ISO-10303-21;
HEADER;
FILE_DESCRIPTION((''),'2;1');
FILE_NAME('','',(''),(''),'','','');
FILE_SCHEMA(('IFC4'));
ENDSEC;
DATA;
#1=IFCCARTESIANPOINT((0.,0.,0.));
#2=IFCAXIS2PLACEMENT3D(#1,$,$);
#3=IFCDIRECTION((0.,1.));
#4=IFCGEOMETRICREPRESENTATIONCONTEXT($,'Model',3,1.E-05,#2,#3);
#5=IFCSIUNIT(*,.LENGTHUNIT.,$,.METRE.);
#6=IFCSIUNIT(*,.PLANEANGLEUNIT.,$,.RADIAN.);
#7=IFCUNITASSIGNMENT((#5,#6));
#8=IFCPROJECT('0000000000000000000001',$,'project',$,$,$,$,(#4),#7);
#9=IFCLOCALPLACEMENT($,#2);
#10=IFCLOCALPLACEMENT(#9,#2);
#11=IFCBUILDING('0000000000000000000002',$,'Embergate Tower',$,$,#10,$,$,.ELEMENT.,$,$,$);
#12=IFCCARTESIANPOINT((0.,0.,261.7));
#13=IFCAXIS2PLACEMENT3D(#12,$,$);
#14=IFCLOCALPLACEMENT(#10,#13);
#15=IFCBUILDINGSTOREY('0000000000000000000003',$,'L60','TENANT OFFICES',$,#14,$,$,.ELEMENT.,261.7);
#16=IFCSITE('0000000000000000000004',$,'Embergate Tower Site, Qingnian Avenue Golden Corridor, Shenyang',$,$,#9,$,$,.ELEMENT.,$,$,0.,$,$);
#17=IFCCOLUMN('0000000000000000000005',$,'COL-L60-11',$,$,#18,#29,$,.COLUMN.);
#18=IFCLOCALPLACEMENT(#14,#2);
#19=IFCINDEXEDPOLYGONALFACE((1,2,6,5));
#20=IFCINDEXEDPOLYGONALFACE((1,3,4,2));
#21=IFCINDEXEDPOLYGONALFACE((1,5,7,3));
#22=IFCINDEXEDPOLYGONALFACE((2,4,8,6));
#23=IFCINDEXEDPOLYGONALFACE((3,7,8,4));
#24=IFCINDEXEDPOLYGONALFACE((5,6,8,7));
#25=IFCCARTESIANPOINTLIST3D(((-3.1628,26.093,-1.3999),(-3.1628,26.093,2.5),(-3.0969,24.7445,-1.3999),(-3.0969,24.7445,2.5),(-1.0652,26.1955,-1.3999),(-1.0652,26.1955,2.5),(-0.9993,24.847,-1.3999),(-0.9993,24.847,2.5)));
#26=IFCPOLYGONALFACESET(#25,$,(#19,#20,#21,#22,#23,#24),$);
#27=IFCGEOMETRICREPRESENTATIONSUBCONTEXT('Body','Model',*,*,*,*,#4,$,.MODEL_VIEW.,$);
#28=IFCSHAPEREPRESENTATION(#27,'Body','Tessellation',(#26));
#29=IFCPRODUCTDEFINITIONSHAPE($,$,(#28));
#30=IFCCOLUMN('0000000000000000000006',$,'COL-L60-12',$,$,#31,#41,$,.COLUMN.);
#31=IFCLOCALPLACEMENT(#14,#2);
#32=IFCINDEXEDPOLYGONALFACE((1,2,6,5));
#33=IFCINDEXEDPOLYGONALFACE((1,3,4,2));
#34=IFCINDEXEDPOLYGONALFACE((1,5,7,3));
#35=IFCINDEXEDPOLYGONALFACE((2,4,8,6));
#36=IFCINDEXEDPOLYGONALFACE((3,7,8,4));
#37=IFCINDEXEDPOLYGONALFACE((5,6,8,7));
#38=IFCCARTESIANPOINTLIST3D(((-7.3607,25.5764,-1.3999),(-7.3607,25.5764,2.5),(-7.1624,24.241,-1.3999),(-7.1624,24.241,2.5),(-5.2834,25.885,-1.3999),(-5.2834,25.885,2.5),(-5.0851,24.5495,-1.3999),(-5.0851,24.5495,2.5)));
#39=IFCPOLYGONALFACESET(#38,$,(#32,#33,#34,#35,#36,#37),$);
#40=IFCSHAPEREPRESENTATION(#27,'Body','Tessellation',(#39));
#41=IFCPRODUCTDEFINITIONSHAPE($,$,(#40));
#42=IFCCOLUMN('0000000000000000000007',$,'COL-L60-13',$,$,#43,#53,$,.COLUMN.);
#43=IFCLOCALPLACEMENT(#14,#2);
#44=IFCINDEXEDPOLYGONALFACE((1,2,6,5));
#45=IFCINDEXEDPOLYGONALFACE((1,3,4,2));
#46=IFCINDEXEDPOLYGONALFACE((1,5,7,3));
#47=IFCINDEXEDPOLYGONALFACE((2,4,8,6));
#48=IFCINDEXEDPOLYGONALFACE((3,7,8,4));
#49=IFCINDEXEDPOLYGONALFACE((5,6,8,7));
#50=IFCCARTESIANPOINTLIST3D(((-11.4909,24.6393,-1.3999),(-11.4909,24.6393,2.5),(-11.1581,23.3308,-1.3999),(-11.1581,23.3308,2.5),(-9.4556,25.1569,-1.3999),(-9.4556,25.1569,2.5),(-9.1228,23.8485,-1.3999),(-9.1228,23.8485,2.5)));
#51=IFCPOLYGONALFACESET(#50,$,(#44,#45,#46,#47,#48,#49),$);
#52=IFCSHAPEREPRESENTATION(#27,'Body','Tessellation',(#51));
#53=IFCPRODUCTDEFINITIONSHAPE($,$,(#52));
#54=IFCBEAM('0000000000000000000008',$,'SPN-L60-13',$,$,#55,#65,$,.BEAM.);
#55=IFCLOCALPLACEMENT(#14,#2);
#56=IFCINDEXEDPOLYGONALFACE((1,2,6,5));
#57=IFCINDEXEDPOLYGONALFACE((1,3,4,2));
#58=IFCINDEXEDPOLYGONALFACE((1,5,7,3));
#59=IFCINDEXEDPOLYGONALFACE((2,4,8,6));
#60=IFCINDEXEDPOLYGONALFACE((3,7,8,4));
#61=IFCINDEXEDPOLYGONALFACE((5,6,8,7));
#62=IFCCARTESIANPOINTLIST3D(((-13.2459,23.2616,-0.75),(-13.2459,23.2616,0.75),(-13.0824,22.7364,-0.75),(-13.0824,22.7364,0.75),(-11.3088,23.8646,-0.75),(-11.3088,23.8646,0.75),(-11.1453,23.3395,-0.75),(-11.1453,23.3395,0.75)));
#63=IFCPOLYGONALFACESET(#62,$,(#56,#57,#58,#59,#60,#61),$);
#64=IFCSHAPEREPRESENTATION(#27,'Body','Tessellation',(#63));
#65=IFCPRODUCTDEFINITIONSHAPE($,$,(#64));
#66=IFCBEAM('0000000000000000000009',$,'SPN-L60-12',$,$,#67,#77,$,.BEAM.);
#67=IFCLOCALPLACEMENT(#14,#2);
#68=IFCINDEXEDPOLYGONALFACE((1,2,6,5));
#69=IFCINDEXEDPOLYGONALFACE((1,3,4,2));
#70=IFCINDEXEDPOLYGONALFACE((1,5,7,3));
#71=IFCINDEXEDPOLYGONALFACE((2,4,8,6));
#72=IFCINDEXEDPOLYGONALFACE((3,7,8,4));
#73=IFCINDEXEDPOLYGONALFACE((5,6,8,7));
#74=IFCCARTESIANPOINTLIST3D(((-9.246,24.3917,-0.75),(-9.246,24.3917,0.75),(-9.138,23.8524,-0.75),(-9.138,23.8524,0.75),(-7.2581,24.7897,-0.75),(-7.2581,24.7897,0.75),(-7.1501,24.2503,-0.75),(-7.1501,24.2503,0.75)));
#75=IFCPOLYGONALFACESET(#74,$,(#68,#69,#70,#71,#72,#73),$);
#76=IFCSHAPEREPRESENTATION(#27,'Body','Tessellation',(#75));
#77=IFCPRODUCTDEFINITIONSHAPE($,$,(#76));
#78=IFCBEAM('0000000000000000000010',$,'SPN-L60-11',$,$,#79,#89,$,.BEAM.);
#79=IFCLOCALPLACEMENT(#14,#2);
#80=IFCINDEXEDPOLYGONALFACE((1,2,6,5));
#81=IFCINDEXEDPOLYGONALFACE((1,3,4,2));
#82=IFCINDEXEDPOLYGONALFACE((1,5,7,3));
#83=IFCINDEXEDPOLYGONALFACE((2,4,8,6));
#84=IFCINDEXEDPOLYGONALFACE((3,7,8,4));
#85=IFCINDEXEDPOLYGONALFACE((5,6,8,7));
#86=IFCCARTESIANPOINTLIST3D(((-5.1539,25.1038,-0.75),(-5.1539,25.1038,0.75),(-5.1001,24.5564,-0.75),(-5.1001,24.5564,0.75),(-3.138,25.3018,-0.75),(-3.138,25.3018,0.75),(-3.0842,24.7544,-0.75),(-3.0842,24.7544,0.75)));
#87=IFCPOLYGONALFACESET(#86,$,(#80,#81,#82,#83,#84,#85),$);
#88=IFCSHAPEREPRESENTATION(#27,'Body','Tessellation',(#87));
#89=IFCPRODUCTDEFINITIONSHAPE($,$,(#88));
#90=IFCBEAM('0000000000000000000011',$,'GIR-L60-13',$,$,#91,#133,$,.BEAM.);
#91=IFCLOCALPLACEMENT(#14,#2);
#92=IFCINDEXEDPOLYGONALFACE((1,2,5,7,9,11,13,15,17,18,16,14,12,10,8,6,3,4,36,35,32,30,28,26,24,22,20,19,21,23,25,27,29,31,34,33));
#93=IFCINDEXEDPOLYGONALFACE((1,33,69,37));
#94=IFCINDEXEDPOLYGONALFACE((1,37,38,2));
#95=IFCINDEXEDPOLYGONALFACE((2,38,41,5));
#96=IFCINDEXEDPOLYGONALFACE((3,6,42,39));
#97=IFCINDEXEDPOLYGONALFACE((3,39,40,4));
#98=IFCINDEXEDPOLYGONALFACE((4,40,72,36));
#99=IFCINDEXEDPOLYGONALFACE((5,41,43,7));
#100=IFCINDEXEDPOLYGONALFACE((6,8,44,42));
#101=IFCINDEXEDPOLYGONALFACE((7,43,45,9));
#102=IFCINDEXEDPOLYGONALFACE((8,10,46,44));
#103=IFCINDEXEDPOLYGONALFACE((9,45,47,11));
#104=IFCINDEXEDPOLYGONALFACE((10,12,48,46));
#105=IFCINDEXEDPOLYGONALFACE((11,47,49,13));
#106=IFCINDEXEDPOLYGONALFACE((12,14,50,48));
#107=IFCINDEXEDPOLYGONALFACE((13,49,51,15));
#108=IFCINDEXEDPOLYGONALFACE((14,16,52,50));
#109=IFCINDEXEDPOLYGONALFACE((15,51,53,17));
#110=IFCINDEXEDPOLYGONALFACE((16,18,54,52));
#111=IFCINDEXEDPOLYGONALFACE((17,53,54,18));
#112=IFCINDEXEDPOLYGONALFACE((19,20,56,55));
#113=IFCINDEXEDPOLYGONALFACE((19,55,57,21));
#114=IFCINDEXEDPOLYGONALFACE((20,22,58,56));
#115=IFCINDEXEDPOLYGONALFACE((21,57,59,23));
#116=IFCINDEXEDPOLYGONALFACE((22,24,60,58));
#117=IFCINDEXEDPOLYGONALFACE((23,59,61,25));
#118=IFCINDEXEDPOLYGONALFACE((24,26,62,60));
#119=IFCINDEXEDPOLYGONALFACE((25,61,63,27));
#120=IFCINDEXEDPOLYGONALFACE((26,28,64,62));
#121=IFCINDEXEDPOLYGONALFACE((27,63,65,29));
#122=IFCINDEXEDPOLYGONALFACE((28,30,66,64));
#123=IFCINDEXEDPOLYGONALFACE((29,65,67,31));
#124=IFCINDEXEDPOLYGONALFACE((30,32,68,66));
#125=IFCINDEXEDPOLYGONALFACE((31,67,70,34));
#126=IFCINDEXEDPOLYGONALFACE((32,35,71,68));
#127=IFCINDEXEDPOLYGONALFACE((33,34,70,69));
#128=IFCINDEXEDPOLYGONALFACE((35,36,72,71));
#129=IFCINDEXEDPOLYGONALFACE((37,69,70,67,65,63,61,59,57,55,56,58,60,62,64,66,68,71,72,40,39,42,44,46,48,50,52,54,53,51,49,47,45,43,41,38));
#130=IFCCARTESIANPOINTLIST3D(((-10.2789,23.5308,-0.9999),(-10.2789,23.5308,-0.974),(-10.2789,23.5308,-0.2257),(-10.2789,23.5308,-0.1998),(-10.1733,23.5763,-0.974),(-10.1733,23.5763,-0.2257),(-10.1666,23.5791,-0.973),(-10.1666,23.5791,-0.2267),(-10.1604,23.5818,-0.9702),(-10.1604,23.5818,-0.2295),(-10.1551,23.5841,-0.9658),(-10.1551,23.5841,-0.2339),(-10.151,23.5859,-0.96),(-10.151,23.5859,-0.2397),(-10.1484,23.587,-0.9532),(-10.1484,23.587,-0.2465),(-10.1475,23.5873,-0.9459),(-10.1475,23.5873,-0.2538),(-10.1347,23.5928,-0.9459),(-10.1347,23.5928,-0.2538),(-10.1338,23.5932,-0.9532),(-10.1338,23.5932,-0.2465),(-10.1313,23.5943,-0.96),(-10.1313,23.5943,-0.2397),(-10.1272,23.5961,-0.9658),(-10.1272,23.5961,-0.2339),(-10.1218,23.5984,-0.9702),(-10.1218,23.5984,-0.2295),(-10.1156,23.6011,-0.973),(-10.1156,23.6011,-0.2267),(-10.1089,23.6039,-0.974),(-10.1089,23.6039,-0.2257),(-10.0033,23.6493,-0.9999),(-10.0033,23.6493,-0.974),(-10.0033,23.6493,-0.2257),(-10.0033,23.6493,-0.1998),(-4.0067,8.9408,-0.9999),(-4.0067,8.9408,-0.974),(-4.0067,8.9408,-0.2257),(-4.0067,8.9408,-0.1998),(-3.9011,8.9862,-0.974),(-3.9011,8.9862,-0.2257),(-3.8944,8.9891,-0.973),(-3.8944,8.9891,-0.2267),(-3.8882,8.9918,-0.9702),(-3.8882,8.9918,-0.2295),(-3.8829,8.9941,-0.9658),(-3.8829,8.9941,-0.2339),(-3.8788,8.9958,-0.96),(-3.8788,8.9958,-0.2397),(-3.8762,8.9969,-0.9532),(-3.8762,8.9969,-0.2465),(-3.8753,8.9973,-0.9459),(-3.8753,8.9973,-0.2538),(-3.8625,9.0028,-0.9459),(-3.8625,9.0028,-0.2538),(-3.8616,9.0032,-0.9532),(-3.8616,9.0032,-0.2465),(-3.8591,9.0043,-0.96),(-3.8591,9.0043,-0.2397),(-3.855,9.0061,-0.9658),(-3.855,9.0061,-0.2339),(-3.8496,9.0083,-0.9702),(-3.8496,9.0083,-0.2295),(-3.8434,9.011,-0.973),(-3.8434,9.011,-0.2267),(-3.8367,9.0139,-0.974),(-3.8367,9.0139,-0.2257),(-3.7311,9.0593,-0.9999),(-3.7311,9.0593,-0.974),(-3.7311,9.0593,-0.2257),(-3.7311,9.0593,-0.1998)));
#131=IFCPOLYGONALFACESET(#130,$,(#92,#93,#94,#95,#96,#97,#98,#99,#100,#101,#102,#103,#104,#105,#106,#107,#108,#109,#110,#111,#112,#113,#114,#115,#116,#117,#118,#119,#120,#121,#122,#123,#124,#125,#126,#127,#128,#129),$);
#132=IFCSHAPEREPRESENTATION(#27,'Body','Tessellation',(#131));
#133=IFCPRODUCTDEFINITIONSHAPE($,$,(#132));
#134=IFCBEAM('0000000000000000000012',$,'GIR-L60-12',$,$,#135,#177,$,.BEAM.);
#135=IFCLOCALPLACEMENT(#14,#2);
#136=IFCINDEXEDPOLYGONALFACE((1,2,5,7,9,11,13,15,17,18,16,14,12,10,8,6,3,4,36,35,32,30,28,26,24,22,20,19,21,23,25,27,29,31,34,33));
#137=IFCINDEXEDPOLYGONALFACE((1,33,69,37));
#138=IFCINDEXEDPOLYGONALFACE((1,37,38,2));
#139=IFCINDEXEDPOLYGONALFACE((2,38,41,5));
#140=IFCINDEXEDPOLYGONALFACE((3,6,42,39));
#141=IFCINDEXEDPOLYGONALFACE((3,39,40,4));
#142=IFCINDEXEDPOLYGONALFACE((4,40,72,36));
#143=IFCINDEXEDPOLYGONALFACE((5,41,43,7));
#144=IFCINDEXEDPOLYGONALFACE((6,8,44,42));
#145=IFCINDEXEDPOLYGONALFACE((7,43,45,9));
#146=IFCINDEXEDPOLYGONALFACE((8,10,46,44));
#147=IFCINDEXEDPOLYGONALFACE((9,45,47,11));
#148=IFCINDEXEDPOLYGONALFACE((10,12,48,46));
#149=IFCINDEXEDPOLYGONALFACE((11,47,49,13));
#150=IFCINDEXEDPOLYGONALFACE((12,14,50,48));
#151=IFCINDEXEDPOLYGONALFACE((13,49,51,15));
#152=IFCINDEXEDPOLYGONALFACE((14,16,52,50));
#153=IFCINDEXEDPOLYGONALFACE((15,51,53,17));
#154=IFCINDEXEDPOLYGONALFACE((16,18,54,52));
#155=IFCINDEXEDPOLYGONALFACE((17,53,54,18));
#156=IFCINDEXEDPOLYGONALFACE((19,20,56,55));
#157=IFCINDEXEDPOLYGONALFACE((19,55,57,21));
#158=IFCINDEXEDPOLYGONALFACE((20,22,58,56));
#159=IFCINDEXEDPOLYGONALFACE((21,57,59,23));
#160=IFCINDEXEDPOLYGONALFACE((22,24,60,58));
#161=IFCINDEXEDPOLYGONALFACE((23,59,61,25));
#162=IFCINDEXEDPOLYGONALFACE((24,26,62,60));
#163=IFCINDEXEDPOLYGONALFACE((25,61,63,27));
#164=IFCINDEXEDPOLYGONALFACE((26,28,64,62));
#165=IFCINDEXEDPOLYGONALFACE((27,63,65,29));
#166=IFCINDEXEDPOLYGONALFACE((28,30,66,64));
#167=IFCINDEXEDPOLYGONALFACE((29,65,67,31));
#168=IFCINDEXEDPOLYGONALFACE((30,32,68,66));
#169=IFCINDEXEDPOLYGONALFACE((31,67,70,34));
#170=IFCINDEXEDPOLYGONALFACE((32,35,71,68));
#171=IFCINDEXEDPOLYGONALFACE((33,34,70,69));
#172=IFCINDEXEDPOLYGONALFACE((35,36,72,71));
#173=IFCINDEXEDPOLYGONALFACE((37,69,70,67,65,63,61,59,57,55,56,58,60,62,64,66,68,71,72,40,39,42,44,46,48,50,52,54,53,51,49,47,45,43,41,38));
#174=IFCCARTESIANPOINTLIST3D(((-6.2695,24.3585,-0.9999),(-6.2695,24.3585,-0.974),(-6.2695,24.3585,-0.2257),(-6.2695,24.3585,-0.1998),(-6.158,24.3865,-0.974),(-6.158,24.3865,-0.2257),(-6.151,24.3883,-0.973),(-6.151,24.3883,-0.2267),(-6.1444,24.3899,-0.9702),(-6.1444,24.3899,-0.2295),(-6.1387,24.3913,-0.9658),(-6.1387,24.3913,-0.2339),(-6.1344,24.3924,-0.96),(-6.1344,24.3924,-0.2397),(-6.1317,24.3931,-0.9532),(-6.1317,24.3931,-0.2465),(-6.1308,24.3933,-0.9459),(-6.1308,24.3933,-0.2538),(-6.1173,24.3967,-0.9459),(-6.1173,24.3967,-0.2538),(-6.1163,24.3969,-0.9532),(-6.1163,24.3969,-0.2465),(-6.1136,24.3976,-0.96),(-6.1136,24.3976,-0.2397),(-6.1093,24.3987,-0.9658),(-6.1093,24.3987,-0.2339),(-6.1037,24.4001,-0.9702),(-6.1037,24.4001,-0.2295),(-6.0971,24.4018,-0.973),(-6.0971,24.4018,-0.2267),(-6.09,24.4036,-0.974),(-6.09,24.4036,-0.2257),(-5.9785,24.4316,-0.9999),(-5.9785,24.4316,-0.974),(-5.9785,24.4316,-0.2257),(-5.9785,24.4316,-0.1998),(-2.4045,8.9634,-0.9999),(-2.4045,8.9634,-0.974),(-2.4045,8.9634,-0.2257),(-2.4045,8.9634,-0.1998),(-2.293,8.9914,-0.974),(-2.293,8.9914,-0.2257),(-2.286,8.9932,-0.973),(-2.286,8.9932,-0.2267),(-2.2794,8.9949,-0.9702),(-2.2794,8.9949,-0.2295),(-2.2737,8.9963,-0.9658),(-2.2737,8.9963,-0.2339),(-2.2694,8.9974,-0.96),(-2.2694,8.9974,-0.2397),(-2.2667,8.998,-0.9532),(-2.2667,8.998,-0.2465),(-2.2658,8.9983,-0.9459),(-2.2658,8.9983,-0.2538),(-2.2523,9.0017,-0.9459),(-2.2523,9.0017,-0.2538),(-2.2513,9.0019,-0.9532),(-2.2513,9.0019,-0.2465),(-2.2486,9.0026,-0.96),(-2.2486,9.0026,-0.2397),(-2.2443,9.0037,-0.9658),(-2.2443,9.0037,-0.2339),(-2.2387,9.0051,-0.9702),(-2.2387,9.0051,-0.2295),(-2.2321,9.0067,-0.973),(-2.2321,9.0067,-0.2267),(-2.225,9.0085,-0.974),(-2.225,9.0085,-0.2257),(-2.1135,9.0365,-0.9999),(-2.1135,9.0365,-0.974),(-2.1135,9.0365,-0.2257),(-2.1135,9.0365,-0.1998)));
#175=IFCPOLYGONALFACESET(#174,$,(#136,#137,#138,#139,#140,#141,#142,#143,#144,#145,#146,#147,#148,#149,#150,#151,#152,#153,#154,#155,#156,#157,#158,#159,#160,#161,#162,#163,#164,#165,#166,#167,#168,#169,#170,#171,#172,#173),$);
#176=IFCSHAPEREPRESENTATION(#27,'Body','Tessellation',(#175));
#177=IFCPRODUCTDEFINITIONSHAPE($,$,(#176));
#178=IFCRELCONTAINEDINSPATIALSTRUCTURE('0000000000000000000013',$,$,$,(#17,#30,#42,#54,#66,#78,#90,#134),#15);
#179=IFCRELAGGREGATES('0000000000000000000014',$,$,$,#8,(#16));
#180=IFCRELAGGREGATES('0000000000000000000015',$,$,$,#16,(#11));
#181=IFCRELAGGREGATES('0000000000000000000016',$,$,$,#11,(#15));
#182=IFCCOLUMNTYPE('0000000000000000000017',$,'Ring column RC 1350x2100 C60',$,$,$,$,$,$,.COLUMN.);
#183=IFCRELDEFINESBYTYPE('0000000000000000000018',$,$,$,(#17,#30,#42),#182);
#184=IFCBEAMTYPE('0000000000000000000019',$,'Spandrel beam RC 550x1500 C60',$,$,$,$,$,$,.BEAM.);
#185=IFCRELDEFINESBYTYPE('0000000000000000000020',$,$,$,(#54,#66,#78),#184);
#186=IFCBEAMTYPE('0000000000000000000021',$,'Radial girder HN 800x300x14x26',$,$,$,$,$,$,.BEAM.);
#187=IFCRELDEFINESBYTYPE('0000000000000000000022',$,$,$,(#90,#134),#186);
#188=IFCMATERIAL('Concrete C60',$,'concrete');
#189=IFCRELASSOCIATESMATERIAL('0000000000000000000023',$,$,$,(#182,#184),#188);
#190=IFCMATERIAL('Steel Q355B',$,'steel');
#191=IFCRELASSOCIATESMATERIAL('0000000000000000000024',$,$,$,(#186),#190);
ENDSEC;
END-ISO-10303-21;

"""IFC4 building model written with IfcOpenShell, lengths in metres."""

from ifc_helpers import new_model, si_unit, direction, frame, origin, origin_2d, place, context, subcontext, project, spatial, rectangle, i_section, extrude, source, transform, mapped, material, material_profile, profile_set, type_object, element, save


model = new_model("IFC4")

# Units and contexts
model_context = context("Model", 3, precision=1e-05, world=origin(), true_north=direction((0.0, 1.0)))
body_context = subcontext(model_context, "Body", "Model", "MODEL_VIEW")
ifc_project = project(units=[si_unit("LENGTHUNIT", "METRE"), si_unit("PLANEANGLEUNIT", "RADIAN")], contexts=[model_context])

# Site, building, storey
site_placement = place(None, origin())
site = spatial("IfcSite", under=ifc_project, at=site_placement, Name="Embergate Tower Site, Qingnian Avenue Golden Corridor, Shenyang", CompositionType="ELEMENT", RefElevation=0.0)
building_placement = place(site_placement, origin())
building = spatial("IfcBuilding", under=site, at=building_placement, Name="Embergate Tower", CompositionType="ELEMENT")
storey_placement = place(building_placement, frame((0.0, 0.0, 261.7)))
storey = spatial("IfcBuildingStorey", under=building, at=storey_placement, Name="L60", Description="TENANT OFFICES", CompositionType="ELEMENT", Elevation=261.7)

# Columns
ifc_material_1 = material(Name="Concrete C60", Category="concrete")
ifc_material_profile_1 = material_profile(ifc_material_1, rectangle(XDim=1.3501, YDim=2.1001, at=origin_2d()), Name="RC 1350x2100")
ifc_profile_set_1 = profile_set([ifc_material_profile_1], Name="Concrete C60")
column_type = type_object("IfcColumnType", Name="Ring column RC 1350x2100 C60", PredefinedType="COLUMN", material=ifc_profile_set_1)
shared_shape_1 = source(origin(), body_context, "Body", "SweptSolid", [
    extrude(rectangle(XDim=1.3501, YDim=2.1001, at=origin_2d()), origin(), (0.0, 0.0, 1.0), 3.8999),
])
for number, where, z_axis, x_axis, name in (
    (1, (-2.0811, 25.47, -1.3999), (0.0, 0.0, 1.0), (-0.048815, 0.998808, 0.0), "COL-L60-11"),
    (2, (-6.2229, 25.063, -1.3999), (0.0, 0.0, 1.0), (-0.146929, 0.989147, 0.0), "COL-L60-12"),
    (3, (-10.3069, 24.2439, -1.3999), (0.0, 0.0, 1.0), (-0.246492, 0.969145, 0.0), "COL-L60-13"),
):
    element("IfcColumn", number, at=place(storey_placement, frame(where, z_axis=z_axis, x_axis=x_axis)), inside=storey, type_object=column_type, Name=name, PredefinedType="COLUMN", context=body_context, shape_type="MappedRepresentation", body=[
        mapped(shared_shape_1, transform((0.0, 0.0, 0.0))),
    ])

# Beams
ifc_material_profile_2 = material_profile(ifc_material_1, rectangle(XDim=0.55, YDim=1.5, at=origin_2d()), Name="RC 550x1500")
ifc_profile_set_2 = profile_set([ifc_material_profile_2], Name="Concrete C60")
beam_type_1 = type_object("IfcBeamType", Name="Spandrel beam RC 550x1500 C60", PredefinedType="BEAM", material=ifc_profile_set_2)
shared_shape_2 = source(origin(), body_context, "Body", "SweptSolid", [
    extrude(rectangle(XDim=0.55, YDim=1.5, at=origin_2d()), origin(), (0.0, 0.0, 1.0), 2.0288),
])
beam_1_placement = place(storey_placement, frame((-11.2271, 23.6021, 0.0), z_axis=(-0.954801, -0.297247, 0.0), x_axis=(0.297247, -0.954801, 0.0)))
element("IfcBeam", 4, at=beam_1_placement, inside=storey, type_object=beam_type_1, Name="SPN-L60-13", PredefinedType="BEAM", context=body_context, shape_type="MappedRepresentation", body=[
    mapped(shared_shape_2, transform((0.0, 0.0, 0.0))),
])
shared_shape_3 = source(origin(), body_context, "Body", "SweptSolid", [
    extrude(rectangle(XDim=0.55, YDim=1.5, at=origin_2d()), origin(), (0.0, 0.0, 1.0), 2.0273),
])
beam_2_placement = place(storey_placement, frame((-7.2041, 24.52, 0.0), z_axis=(-0.980544, -0.196301, 0.0), x_axis=(0.196301, -0.980544, 0.0)))
element("IfcBeam", 5, at=beam_2_placement, inside=storey, type_object=beam_type_1, Name="SPN-L60-12", PredefinedType="BEAM", context=body_context, shape_type="MappedRepresentation", body=[
    mapped(shared_shape_3, transform((0.0, 0.0, 0.0))),
])
shared_shape_4 = source(origin(), body_context, "Body", "SweptSolid", [
    extrude(rectangle(XDim=0.55, YDim=1.5, at=origin_2d()), origin(), (0.0, 0.0, 1.0), 2.0256),
])
beam_3_placement = place(storey_placement, frame((-3.1111, 25.0281, 0.0), z_axis=(-0.995211, -0.097749, 0.0), x_axis=(0.097749, -0.995211, 0.0)))
element("IfcBeam", 6, at=beam_3_placement, inside=storey, type_object=beam_type_1, Name="SPN-L60-11", PredefinedType="BEAM", context=body_context, shape_type="MappedRepresentation", body=[
    mapped(shared_shape_4, transform((0.0, 0.0, 0.0))),
])
ifc_material_2 = material(Name="Steel Q355B", Category="steel")
ifc_material_profile_3 = material_profile(ifc_material_2, i_section(OverallWidth=0.3, OverallDepth=0.8, WebThickness=0.0139, FlangeThickness=0.0259, FilletRadius=0.0281, at=origin_2d()), Name="HN 800x300x14x26")
ifc_profile_set_3 = profile_set([ifc_material_profile_3], Name="Steel Q355 grade B")
beam_type_2 = type_object("IfcBeamType", Name="Radial girder HN 800x300x14x26", PredefinedType="BEAM", material=ifc_profile_set_3)
shared_shape_5 = source(origin(), body_context, "Body", "SweptSolid", [
    extrude(i_section(OverallWidth=0.3, OverallDepth=0.8, WebThickness=0.0139, FlangeThickness=0.0259, FilletRadius=0.0281, at=origin_2d()), origin(), (0.0, 0.0, 1.0), 15.8811),
])
beam_4_placement = place(storey_placement, frame((-10.1411, 23.5901, -0.5999), z_axis=(0.394947, -0.918704, 0.0), x_axis=(0.918704, 0.394947, 0.0)))
element("IfcBeam", 7, at=beam_4_placement, inside=storey, type_object=beam_type_2, Name="GIR-L60-13", PredefinedType="BEAM", context=body_context, shape_type="MappedRepresentation", body=[
    mapped(shared_shape_5, transform((0.0, 0.0, 0.0))),
])
shared_shape_6 = source(origin(), body_context, "Body", "SweptSolid", [
    extrude(i_section(OverallWidth=0.3, OverallDepth=0.8, WebThickness=0.0139, FlangeThickness=0.0259, FilletRadius=0.0281, at=origin_2d()), origin(), (0.0, 0.0, 1.0), 15.8728),
])
beam_5_placement = place(storey_placement, frame((-6.124, 24.395, -0.5999), z_axis=(0.243498, -0.969901, 0.0), x_axis=(0.969901, 0.243498, 0.0)))
element("IfcBeam", 8, at=beam_5_placement, inside=storey, type_object=beam_type_2, Name="GIR-L60-12", PredefinedType="BEAM", context=body_context, shape_type="MappedRepresentation", body=[
    mapped(shared_shape_6, transform((0.0, 0.0, 0.0))),
])

save(model, "model.ifc")
